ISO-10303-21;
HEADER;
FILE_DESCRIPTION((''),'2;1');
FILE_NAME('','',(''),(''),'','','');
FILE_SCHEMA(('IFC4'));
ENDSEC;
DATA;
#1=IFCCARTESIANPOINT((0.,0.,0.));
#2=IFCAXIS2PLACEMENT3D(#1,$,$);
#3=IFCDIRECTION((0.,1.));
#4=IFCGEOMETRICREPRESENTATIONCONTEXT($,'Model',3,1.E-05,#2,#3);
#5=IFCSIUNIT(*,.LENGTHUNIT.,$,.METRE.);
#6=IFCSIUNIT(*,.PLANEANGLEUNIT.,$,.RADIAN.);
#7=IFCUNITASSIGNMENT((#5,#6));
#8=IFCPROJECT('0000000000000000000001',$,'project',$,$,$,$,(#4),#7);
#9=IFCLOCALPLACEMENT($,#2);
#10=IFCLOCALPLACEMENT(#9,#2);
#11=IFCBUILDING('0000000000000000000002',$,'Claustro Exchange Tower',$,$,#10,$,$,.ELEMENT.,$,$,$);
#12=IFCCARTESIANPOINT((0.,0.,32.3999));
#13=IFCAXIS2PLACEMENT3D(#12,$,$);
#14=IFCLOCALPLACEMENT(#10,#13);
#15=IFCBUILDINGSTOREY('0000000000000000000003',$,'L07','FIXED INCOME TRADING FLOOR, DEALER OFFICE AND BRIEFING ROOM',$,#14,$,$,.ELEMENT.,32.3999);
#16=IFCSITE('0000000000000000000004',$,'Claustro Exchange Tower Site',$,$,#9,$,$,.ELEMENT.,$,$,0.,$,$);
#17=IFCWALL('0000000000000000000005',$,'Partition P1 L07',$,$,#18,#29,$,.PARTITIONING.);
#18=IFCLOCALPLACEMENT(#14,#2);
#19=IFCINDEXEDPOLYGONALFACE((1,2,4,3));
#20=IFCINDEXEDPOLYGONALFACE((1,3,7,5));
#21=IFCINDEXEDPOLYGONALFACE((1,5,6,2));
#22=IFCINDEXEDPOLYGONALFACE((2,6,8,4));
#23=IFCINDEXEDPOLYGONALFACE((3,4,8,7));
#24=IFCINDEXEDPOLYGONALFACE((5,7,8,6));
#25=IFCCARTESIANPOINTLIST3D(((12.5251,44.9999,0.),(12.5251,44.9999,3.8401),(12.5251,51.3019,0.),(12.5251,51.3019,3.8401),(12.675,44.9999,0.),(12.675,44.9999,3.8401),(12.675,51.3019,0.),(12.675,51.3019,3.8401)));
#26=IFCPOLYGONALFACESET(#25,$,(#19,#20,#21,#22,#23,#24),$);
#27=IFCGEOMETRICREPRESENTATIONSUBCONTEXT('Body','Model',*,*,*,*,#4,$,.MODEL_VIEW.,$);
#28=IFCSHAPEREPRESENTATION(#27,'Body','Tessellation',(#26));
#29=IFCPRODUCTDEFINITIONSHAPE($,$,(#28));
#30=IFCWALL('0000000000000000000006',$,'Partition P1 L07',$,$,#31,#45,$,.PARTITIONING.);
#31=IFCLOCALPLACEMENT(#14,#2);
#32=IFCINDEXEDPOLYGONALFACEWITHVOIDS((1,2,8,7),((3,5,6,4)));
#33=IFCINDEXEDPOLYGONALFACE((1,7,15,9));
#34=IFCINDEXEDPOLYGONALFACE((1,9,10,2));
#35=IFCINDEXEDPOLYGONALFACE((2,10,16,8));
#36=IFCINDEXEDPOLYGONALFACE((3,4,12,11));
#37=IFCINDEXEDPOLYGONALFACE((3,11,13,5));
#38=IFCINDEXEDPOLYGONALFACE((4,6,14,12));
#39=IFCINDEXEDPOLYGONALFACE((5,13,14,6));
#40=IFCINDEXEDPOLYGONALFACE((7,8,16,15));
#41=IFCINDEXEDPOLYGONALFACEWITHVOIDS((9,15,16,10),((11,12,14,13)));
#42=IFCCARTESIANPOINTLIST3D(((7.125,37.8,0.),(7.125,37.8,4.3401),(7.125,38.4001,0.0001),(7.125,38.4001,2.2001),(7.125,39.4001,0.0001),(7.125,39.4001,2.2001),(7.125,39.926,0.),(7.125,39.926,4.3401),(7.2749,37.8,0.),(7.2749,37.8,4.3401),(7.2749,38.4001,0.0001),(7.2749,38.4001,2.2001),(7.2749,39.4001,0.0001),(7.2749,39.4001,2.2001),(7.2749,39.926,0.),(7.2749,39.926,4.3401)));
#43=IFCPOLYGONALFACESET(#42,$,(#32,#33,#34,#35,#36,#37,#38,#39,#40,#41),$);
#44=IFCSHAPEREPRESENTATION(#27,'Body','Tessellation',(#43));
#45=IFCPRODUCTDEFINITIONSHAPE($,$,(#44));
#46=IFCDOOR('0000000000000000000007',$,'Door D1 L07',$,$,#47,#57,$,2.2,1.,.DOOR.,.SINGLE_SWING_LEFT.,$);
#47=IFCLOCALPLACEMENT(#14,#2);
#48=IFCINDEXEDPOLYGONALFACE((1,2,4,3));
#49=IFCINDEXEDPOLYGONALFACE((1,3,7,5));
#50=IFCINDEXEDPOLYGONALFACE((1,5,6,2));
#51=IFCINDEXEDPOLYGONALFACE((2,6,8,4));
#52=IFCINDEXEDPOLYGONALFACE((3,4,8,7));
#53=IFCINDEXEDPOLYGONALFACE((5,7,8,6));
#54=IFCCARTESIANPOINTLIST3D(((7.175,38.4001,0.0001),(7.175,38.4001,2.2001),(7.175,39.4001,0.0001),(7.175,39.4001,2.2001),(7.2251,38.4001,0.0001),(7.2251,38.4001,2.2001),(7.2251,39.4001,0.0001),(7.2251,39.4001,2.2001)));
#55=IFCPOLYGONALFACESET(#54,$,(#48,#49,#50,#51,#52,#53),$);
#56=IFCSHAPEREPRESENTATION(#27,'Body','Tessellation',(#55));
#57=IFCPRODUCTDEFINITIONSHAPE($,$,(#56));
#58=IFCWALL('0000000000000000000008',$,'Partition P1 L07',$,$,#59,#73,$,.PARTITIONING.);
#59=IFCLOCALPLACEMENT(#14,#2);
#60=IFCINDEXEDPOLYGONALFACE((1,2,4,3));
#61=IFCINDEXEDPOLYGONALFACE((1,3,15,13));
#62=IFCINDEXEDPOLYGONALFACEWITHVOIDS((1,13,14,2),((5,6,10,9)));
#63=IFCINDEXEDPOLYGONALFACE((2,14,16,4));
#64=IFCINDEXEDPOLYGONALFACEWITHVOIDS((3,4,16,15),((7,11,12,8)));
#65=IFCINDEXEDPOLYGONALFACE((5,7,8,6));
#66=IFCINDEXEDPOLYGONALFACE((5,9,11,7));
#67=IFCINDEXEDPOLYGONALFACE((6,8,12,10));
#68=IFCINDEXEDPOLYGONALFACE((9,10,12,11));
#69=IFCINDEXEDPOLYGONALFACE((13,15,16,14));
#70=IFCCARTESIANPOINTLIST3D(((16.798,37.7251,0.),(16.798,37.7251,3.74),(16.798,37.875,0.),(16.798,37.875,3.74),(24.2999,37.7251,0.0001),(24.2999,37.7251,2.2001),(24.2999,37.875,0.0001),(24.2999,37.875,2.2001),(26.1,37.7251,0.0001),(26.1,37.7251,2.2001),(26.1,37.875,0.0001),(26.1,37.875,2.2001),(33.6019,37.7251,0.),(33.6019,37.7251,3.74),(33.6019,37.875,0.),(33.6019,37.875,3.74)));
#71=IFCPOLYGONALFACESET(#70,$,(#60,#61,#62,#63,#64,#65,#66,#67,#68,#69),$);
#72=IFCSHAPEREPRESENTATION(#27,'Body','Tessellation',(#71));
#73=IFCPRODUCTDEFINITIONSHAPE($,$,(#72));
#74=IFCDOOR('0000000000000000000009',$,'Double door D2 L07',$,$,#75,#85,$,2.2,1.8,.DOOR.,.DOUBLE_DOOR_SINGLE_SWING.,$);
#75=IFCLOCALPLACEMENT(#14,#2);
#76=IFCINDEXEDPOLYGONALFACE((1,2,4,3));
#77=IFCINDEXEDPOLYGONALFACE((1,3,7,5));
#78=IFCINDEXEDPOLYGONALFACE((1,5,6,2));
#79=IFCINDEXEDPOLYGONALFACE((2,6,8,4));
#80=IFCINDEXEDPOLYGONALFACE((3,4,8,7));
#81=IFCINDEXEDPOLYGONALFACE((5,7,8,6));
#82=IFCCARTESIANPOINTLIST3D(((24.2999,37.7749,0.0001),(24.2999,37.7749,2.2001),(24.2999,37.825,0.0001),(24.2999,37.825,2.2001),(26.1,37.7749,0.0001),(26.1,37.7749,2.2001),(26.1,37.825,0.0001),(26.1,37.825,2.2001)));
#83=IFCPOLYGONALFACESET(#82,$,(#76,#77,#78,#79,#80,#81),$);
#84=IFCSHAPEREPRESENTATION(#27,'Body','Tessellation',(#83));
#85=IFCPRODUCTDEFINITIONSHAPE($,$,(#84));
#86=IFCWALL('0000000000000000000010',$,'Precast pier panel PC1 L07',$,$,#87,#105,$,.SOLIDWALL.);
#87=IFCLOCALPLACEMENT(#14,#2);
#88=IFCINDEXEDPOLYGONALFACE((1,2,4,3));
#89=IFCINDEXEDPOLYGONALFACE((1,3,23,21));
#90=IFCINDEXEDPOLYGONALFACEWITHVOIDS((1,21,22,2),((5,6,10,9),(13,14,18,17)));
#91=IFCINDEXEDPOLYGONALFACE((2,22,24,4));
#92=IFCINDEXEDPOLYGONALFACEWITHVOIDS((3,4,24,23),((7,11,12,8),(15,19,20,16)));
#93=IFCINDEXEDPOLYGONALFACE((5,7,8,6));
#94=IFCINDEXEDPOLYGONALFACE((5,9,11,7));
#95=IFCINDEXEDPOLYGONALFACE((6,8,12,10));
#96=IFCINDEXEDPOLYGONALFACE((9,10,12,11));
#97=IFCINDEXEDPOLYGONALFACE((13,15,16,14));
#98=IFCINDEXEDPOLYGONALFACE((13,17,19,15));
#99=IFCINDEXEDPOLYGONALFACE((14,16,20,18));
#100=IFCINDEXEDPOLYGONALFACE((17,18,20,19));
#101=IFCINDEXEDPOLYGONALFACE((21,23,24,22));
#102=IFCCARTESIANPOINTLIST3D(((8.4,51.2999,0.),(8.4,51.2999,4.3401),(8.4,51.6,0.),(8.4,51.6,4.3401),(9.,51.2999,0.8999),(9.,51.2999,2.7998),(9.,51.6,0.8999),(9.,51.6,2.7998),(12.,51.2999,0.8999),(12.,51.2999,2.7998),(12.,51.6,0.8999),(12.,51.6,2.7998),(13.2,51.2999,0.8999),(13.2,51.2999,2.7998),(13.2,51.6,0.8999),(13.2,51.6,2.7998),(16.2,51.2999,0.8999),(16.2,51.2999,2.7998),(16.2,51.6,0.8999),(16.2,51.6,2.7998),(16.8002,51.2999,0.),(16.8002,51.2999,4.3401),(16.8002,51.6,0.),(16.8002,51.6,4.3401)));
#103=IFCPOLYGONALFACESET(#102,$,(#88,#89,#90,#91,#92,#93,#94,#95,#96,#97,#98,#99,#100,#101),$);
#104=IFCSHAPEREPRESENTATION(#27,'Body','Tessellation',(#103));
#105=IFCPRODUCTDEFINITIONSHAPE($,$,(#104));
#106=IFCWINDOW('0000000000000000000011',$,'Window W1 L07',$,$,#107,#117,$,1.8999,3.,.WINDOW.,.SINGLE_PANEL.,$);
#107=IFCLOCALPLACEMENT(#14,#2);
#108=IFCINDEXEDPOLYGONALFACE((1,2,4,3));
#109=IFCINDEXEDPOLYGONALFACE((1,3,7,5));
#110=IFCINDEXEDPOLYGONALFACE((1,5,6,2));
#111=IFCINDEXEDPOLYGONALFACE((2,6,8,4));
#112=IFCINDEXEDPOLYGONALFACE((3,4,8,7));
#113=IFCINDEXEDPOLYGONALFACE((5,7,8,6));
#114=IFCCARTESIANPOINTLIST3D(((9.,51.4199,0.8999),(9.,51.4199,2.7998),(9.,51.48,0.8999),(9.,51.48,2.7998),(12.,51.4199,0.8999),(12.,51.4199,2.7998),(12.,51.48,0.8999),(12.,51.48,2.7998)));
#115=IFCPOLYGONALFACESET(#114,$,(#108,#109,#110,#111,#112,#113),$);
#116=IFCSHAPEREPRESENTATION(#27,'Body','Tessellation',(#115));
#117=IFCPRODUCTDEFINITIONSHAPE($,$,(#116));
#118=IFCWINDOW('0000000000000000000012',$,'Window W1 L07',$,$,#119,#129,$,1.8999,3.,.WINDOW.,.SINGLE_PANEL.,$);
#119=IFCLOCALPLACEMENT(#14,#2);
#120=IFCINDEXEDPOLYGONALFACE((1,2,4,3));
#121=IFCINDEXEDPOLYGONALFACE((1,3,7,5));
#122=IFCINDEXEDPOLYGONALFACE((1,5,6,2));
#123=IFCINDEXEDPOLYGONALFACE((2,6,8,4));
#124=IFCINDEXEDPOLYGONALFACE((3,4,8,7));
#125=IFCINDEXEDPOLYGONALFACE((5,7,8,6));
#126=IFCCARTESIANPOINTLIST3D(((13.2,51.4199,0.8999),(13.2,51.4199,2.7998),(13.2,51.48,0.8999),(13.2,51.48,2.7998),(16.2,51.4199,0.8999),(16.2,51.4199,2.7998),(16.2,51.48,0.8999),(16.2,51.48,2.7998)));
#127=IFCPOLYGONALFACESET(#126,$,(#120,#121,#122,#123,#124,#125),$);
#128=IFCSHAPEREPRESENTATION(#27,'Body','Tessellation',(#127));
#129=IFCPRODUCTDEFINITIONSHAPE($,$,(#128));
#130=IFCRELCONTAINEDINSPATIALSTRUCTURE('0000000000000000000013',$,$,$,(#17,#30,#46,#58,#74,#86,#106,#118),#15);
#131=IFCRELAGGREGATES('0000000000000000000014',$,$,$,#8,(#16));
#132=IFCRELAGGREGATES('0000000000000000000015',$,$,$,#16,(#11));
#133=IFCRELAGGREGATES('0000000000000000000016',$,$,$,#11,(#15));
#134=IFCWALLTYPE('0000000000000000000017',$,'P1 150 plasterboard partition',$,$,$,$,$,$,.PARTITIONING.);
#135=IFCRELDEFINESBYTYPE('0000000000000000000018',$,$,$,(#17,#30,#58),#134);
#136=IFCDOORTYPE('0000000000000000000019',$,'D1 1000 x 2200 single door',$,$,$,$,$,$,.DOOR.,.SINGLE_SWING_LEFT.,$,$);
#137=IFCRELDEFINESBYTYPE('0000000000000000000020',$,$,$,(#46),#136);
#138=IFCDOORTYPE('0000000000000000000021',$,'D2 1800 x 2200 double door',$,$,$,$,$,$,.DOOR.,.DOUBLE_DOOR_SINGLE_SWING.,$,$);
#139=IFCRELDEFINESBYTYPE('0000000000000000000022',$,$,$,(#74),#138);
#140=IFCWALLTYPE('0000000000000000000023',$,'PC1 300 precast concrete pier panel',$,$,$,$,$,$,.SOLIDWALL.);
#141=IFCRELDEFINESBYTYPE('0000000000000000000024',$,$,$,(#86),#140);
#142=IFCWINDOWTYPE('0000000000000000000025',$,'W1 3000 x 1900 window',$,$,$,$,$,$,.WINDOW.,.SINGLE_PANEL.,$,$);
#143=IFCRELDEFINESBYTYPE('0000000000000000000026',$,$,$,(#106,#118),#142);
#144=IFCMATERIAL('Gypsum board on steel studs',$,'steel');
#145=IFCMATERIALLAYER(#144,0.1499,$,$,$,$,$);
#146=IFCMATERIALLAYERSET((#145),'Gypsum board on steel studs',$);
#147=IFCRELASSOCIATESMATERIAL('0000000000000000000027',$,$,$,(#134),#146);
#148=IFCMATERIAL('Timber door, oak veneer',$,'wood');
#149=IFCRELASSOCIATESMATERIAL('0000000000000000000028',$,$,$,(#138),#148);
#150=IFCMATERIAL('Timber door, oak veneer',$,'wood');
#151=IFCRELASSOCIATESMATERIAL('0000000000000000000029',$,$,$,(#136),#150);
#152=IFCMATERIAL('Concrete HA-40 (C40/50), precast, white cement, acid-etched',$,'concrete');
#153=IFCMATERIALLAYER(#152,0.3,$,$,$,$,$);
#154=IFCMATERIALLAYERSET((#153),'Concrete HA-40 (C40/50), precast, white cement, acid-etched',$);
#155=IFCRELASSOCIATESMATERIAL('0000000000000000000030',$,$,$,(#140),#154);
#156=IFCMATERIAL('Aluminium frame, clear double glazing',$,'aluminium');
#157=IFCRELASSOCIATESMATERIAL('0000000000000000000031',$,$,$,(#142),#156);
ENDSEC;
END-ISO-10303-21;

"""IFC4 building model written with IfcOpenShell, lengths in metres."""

from ifc_helpers import new_model, si_unit, direction, frame, frame_2d, origin, place, context, subcontext, project, spatial, rectangle, extrude, material, layer, layer_set, type_object, element, fill, save


model = new_model("IFC4")

# Units and contexts
model_context = context("Model", 3, precision=1e-05, world=origin(), true_north=direction((0.0, 1.0)))
body_context = subcontext(model_context, "Body", "Model", "MODEL_VIEW")
ifc_project = project(units=[si_unit("LENGTHUNIT", "METRE"), si_unit("PLANEANGLEUNIT", "RADIAN")], contexts=[model_context])

# Site, building, storey
site_placement = place(None, origin())
site = spatial("IfcSite", under=ifc_project, at=site_placement, Name="Claustro Exchange Tower Site", CompositionType="ELEMENT", RefElevation=0.0)
building_placement = place(site_placement, origin())
building = spatial("IfcBuilding", under=site, at=building_placement, Name="Claustro Exchange Tower", CompositionType="ELEMENT")
storey_placement = place(building_placement, frame((0.0, 0.0, 32.3999)))
storey = spatial("IfcBuildingStorey", under=building, at=storey_placement, Name="L07", Description="FIXED INCOME TRADING FLOOR, DEALER OFFICE AND BRIEFING ROOM", CompositionType="ELEMENT", Elevation=32.3999)

# Shared definitions
ifc_material_1 = material(Name="Gypsum board on steel studs", Category="steel")
ifc_layer_1 = layer(ifc_material_1, 0.1499)
ifc_layer_set_1 = layer_set([ifc_layer_1], Name="Gypsum board on steel studs")
wall_type_1 = type_object("IfcWallType", Name="P1 150 plasterboard partition", PredefinedType="PARTITIONING", material=ifc_layer_set_1)
ifc_material_2 = material(Name="Timber door, oak veneer", Category="wood")
door_type_1 = type_object("IfcDoorType", Name="D2 1800 x 2200 double door", OperationType="DOUBLE_DOOR_SINGLE_SWING", PredefinedType="DOOR", material=ifc_material_2)

# Wall
wall_1_placement = place(storey_placement, frame((12.6001, 45.0, 0.0), z_axis=(0.0, 0.0, 1.0), x_axis=(0.0, 1.0, 0.0)))
element("IfcWall", 1, at=wall_1_placement, inside=storey, type_object=wall_type_1, Name="Partition P1 L07", PredefinedType="PARTITIONING", context=body_context, shape_type="SweptSolid", body=[
    extrude(rectangle(XDim=6.302, YDim=0.1499, at=frame_2d((3.1509, 0.0))), origin(), (0.0, 0.0, 1.0), 3.8401),
])

# Walls, openings, doors
wall_2_placement = place(storey_placement, frame((7.2, 37.8, 0.0), z_axis=(0.0, 0.0, 1.0), x_axis=(0.0, 1.0, 0.0)))
wall_2 = element("IfcWall", 2, at=wall_2_placement, inside=storey, type_object=wall_type_1, Name="Partition P1 L07", PredefinedType="PARTITIONING", context=body_context, shape_type="SweptSolid", body=[
    extrude(rectangle(XDim=2.126, YDim=0.1499, at=frame_2d((1.063, 0.0))), origin(), (0.0, 0.0, 1.0), 4.3401),
])
opening_1_placement = place(wall_2_placement, frame((0.6001, 0.0, 0.0)))
opening_1 = element("IfcOpeningElement", 3, at=opening_1_placement, cuts=wall_2, PredefinedType="OPENING", context=body_context, shape_type="SweptSolid", body=[
    extrude(rectangle(XDim=1.0, YDim=2.2, at=frame_2d((0.5, 1.1001))), frame((0.0, 0.085, 0.0), z_axis=(0.0, -1.0, 0.0), x_axis=(1.0, 0.0, 0.0)), (0.0, 0.0, 1.0), 0.1699),
])
ifc_material_3 = material(Name="Timber door, oak veneer", Category="wood")
door_type_2 = type_object("IfcDoorType", Name="D1 1000 x 2200 single door", OperationType="SINGLE_SWING_LEFT", PredefinedType="DOOR", material=ifc_material_3)
door_1_placement = place(opening_1_placement, origin())
door_1 = element("IfcDoor", 4, at=door_1_placement, inside=storey, type_object=door_type_2, Name="Door D1 L07", OperationType="SINGLE_SWING_LEFT", OverallHeight=2.2, OverallWidth=1.0, PredefinedType="DOOR", context=body_context, shape_type="SweptSolid", body=[
    extrude(rectangle(XDim=1.0, YDim=2.2, at=frame_2d((0.5, 1.1001))), frame((0.0, 0.0249, 0.0), z_axis=(0.0, -1.0, 0.0), x_axis=(1.0, 0.0, 0.0)), (0.0, 0.0, 1.0), 0.05),
])
fill(opening_1, door_1)
wall_3_placement = place(storey_placement, frame((16.7981, 37.8, 0.0), z_axis=(0.0, 0.0, 1.0), x_axis=(1.0, 0.0, 0.0)))
wall_3 = element("IfcWall", 5, at=wall_3_placement, inside=storey, type_object=wall_type_1, Name="Partition P1 L07", PredefinedType="PARTITIONING", context=body_context, shape_type="SweptSolid", body=[
    extrude(rectangle(XDim=16.804, YDim=0.1499, at=frame_2d((8.4019, 0.0))), origin(), (0.0, 0.0, 1.0), 3.74),
])
opening_2_placement = place(wall_3_placement, frame((7.502, 0.0, 0.0)))
opening_2 = element("IfcOpeningElement", 6, at=opening_2_placement, cuts=wall_3, PredefinedType="OPENING", context=body_context, shape_type="SweptSolid", body=[
    extrude(rectangle(XDim=1.8, YDim=2.2, at=frame_2d((0.8999, 1.1001))), frame((0.0, 0.085, 0.0), z_axis=(0.0, -1.0, 0.0), x_axis=(1.0, 0.0, 0.0)), (0.0, 0.0, 1.0), 0.1699),
])
door_2_placement = place(opening_2_placement, origin())
door_2 = element("IfcDoor", 7, at=door_2_placement, inside=storey, type_object=door_type_1, Name="Double door D2 L07", OperationType="DOUBLE_DOOR_SINGLE_SWING", OverallHeight=2.2, OverallWidth=1.8, PredefinedType="DOOR", context=body_context, shape_type="SweptSolid", body=[
    extrude(rectangle(XDim=1.8, YDim=2.2, at=frame_2d((0.8999, 1.1001))), frame((0.0, 0.0249, 0.0), z_axis=(0.0, -1.0, 0.0), x_axis=(1.0, 0.0, 0.0)), (0.0, 0.0, 1.0), 0.05),
])
fill(opening_2, door_2)

# Wall, openings, windows
ifc_material_4 = material(Name="Concrete HA-40 (C40/50), precast, white cement, acid-etched", Category="concrete")
ifc_layer_2 = layer(ifc_material_4, 0.3)
ifc_layer_set_2 = layer_set([ifc_layer_2], Name="Concrete HA-40 (C40/50), precast, white cement, acid-etched")
wall_type_2 = type_object("IfcWallType", Name="PC1 300 precast concrete pier panel", PredefinedType="SOLIDWALL", material=ifc_layer_set_2)
wall_4_placement = place(storey_placement, frame((8.3999, 51.45, 0.0), z_axis=(0.0, 0.0, 1.0), x_axis=(1.0, 0.0, 0.0)))
wall_4 = element("IfcWall", 8, at=wall_4_placement, inside=storey, type_object=wall_type_2, Name="Precast pier panel PC1 L07", PredefinedType="SOLIDWALL", context=body_context, shape_type="SweptSolid", body=[
    extrude(rectangle(XDim=8.4001, YDim=0.3, at=frame_2d((4.2002, 0.0))), origin(), (0.0, 0.0, 1.0), 4.3401),
])
opening_3_placement = place(wall_4_placement, frame((0.6001, 0.0, 0.8999)))
opening_3 = element("IfcOpeningElement", 9, at=opening_3_placement, cuts=wall_4, PredefinedType="OPENING", context=body_context, shape_type="SweptSolid", body=[
    extrude(rectangle(XDim=3.0, YDim=1.8999, at=frame_2d((1.5, 0.95))), frame((0.0, 0.1599, 0.0), z_axis=(0.0, -1.0, 0.0), x_axis=(1.0, 0.0, 0.0)), (0.0, 0.0, 1.0), 0.3201),
])
opening_4_placement = place(wall_4_placement, frame((4.8, 0.0, 0.8999)))
opening_4 = element("IfcOpeningElement", 10, at=opening_4_placement, cuts=wall_4, PredefinedType="OPENING", context=body_context, shape_type="SweptSolid", body=[
    extrude(rectangle(XDim=3.0, YDim=1.8999, at=frame_2d((1.5, 0.95))), frame((0.0, 0.1599, 0.0), z_axis=(0.0, -1.0, 0.0), x_axis=(1.0, 0.0, 0.0)), (0.0, 0.0, 1.0), 0.3201),
])
ifc_material_5 = material(Name="Aluminium frame, clear double glazing", Category="aluminium")
window_type = type_object("IfcWindowType", Name="W1 3000 x 1900 window", PartitioningType="SINGLE_PANEL", PredefinedType="WINDOW", material=ifc_material_5)
window_1_placement = place(opening_3_placement, origin())
window_1 = element("IfcWindow", 11, at=window_1_placement, inside=storey, type_object=window_type, Name="Window W1 L07", OverallHeight=1.8999, OverallWidth=3.0, PartitioningType="SINGLE_PANEL", PredefinedType="WINDOW", context=body_context, shape_type="SweptSolid", body=[
    extrude(rectangle(XDim=3.0, YDim=1.8999, at=frame_2d((1.5, 0.95))), frame((0.0, 0.03, 0.0), z_axis=(0.0, -1.0, 0.0), x_axis=(1.0, 0.0, 0.0)), (0.0, 0.0, 1.0), 0.0601),
])
fill(opening_3, window_1)
window_2_placement = place(opening_4_placement, origin())
window_2 = element("IfcWindow", 12, at=window_2_placement, inside=storey, type_object=window_type, Name="Window W1 L07", OverallHeight=1.8999, OverallWidth=3.0, PartitioningType="SINGLE_PANEL", PredefinedType="WINDOW", context=body_context, shape_type="SweptSolid", body=[
    extrude(rectangle(XDim=3.0, YDim=1.8999, at=frame_2d((1.5, 0.95))), frame((0.0, 0.03, 0.0), z_axis=(0.0, -1.0, 0.0), x_axis=(1.0, 0.0, 0.0)), (0.0, 0.0, 1.0), 0.0601),
])
fill(opening_4, window_2)

save(model, "model.ifc")
